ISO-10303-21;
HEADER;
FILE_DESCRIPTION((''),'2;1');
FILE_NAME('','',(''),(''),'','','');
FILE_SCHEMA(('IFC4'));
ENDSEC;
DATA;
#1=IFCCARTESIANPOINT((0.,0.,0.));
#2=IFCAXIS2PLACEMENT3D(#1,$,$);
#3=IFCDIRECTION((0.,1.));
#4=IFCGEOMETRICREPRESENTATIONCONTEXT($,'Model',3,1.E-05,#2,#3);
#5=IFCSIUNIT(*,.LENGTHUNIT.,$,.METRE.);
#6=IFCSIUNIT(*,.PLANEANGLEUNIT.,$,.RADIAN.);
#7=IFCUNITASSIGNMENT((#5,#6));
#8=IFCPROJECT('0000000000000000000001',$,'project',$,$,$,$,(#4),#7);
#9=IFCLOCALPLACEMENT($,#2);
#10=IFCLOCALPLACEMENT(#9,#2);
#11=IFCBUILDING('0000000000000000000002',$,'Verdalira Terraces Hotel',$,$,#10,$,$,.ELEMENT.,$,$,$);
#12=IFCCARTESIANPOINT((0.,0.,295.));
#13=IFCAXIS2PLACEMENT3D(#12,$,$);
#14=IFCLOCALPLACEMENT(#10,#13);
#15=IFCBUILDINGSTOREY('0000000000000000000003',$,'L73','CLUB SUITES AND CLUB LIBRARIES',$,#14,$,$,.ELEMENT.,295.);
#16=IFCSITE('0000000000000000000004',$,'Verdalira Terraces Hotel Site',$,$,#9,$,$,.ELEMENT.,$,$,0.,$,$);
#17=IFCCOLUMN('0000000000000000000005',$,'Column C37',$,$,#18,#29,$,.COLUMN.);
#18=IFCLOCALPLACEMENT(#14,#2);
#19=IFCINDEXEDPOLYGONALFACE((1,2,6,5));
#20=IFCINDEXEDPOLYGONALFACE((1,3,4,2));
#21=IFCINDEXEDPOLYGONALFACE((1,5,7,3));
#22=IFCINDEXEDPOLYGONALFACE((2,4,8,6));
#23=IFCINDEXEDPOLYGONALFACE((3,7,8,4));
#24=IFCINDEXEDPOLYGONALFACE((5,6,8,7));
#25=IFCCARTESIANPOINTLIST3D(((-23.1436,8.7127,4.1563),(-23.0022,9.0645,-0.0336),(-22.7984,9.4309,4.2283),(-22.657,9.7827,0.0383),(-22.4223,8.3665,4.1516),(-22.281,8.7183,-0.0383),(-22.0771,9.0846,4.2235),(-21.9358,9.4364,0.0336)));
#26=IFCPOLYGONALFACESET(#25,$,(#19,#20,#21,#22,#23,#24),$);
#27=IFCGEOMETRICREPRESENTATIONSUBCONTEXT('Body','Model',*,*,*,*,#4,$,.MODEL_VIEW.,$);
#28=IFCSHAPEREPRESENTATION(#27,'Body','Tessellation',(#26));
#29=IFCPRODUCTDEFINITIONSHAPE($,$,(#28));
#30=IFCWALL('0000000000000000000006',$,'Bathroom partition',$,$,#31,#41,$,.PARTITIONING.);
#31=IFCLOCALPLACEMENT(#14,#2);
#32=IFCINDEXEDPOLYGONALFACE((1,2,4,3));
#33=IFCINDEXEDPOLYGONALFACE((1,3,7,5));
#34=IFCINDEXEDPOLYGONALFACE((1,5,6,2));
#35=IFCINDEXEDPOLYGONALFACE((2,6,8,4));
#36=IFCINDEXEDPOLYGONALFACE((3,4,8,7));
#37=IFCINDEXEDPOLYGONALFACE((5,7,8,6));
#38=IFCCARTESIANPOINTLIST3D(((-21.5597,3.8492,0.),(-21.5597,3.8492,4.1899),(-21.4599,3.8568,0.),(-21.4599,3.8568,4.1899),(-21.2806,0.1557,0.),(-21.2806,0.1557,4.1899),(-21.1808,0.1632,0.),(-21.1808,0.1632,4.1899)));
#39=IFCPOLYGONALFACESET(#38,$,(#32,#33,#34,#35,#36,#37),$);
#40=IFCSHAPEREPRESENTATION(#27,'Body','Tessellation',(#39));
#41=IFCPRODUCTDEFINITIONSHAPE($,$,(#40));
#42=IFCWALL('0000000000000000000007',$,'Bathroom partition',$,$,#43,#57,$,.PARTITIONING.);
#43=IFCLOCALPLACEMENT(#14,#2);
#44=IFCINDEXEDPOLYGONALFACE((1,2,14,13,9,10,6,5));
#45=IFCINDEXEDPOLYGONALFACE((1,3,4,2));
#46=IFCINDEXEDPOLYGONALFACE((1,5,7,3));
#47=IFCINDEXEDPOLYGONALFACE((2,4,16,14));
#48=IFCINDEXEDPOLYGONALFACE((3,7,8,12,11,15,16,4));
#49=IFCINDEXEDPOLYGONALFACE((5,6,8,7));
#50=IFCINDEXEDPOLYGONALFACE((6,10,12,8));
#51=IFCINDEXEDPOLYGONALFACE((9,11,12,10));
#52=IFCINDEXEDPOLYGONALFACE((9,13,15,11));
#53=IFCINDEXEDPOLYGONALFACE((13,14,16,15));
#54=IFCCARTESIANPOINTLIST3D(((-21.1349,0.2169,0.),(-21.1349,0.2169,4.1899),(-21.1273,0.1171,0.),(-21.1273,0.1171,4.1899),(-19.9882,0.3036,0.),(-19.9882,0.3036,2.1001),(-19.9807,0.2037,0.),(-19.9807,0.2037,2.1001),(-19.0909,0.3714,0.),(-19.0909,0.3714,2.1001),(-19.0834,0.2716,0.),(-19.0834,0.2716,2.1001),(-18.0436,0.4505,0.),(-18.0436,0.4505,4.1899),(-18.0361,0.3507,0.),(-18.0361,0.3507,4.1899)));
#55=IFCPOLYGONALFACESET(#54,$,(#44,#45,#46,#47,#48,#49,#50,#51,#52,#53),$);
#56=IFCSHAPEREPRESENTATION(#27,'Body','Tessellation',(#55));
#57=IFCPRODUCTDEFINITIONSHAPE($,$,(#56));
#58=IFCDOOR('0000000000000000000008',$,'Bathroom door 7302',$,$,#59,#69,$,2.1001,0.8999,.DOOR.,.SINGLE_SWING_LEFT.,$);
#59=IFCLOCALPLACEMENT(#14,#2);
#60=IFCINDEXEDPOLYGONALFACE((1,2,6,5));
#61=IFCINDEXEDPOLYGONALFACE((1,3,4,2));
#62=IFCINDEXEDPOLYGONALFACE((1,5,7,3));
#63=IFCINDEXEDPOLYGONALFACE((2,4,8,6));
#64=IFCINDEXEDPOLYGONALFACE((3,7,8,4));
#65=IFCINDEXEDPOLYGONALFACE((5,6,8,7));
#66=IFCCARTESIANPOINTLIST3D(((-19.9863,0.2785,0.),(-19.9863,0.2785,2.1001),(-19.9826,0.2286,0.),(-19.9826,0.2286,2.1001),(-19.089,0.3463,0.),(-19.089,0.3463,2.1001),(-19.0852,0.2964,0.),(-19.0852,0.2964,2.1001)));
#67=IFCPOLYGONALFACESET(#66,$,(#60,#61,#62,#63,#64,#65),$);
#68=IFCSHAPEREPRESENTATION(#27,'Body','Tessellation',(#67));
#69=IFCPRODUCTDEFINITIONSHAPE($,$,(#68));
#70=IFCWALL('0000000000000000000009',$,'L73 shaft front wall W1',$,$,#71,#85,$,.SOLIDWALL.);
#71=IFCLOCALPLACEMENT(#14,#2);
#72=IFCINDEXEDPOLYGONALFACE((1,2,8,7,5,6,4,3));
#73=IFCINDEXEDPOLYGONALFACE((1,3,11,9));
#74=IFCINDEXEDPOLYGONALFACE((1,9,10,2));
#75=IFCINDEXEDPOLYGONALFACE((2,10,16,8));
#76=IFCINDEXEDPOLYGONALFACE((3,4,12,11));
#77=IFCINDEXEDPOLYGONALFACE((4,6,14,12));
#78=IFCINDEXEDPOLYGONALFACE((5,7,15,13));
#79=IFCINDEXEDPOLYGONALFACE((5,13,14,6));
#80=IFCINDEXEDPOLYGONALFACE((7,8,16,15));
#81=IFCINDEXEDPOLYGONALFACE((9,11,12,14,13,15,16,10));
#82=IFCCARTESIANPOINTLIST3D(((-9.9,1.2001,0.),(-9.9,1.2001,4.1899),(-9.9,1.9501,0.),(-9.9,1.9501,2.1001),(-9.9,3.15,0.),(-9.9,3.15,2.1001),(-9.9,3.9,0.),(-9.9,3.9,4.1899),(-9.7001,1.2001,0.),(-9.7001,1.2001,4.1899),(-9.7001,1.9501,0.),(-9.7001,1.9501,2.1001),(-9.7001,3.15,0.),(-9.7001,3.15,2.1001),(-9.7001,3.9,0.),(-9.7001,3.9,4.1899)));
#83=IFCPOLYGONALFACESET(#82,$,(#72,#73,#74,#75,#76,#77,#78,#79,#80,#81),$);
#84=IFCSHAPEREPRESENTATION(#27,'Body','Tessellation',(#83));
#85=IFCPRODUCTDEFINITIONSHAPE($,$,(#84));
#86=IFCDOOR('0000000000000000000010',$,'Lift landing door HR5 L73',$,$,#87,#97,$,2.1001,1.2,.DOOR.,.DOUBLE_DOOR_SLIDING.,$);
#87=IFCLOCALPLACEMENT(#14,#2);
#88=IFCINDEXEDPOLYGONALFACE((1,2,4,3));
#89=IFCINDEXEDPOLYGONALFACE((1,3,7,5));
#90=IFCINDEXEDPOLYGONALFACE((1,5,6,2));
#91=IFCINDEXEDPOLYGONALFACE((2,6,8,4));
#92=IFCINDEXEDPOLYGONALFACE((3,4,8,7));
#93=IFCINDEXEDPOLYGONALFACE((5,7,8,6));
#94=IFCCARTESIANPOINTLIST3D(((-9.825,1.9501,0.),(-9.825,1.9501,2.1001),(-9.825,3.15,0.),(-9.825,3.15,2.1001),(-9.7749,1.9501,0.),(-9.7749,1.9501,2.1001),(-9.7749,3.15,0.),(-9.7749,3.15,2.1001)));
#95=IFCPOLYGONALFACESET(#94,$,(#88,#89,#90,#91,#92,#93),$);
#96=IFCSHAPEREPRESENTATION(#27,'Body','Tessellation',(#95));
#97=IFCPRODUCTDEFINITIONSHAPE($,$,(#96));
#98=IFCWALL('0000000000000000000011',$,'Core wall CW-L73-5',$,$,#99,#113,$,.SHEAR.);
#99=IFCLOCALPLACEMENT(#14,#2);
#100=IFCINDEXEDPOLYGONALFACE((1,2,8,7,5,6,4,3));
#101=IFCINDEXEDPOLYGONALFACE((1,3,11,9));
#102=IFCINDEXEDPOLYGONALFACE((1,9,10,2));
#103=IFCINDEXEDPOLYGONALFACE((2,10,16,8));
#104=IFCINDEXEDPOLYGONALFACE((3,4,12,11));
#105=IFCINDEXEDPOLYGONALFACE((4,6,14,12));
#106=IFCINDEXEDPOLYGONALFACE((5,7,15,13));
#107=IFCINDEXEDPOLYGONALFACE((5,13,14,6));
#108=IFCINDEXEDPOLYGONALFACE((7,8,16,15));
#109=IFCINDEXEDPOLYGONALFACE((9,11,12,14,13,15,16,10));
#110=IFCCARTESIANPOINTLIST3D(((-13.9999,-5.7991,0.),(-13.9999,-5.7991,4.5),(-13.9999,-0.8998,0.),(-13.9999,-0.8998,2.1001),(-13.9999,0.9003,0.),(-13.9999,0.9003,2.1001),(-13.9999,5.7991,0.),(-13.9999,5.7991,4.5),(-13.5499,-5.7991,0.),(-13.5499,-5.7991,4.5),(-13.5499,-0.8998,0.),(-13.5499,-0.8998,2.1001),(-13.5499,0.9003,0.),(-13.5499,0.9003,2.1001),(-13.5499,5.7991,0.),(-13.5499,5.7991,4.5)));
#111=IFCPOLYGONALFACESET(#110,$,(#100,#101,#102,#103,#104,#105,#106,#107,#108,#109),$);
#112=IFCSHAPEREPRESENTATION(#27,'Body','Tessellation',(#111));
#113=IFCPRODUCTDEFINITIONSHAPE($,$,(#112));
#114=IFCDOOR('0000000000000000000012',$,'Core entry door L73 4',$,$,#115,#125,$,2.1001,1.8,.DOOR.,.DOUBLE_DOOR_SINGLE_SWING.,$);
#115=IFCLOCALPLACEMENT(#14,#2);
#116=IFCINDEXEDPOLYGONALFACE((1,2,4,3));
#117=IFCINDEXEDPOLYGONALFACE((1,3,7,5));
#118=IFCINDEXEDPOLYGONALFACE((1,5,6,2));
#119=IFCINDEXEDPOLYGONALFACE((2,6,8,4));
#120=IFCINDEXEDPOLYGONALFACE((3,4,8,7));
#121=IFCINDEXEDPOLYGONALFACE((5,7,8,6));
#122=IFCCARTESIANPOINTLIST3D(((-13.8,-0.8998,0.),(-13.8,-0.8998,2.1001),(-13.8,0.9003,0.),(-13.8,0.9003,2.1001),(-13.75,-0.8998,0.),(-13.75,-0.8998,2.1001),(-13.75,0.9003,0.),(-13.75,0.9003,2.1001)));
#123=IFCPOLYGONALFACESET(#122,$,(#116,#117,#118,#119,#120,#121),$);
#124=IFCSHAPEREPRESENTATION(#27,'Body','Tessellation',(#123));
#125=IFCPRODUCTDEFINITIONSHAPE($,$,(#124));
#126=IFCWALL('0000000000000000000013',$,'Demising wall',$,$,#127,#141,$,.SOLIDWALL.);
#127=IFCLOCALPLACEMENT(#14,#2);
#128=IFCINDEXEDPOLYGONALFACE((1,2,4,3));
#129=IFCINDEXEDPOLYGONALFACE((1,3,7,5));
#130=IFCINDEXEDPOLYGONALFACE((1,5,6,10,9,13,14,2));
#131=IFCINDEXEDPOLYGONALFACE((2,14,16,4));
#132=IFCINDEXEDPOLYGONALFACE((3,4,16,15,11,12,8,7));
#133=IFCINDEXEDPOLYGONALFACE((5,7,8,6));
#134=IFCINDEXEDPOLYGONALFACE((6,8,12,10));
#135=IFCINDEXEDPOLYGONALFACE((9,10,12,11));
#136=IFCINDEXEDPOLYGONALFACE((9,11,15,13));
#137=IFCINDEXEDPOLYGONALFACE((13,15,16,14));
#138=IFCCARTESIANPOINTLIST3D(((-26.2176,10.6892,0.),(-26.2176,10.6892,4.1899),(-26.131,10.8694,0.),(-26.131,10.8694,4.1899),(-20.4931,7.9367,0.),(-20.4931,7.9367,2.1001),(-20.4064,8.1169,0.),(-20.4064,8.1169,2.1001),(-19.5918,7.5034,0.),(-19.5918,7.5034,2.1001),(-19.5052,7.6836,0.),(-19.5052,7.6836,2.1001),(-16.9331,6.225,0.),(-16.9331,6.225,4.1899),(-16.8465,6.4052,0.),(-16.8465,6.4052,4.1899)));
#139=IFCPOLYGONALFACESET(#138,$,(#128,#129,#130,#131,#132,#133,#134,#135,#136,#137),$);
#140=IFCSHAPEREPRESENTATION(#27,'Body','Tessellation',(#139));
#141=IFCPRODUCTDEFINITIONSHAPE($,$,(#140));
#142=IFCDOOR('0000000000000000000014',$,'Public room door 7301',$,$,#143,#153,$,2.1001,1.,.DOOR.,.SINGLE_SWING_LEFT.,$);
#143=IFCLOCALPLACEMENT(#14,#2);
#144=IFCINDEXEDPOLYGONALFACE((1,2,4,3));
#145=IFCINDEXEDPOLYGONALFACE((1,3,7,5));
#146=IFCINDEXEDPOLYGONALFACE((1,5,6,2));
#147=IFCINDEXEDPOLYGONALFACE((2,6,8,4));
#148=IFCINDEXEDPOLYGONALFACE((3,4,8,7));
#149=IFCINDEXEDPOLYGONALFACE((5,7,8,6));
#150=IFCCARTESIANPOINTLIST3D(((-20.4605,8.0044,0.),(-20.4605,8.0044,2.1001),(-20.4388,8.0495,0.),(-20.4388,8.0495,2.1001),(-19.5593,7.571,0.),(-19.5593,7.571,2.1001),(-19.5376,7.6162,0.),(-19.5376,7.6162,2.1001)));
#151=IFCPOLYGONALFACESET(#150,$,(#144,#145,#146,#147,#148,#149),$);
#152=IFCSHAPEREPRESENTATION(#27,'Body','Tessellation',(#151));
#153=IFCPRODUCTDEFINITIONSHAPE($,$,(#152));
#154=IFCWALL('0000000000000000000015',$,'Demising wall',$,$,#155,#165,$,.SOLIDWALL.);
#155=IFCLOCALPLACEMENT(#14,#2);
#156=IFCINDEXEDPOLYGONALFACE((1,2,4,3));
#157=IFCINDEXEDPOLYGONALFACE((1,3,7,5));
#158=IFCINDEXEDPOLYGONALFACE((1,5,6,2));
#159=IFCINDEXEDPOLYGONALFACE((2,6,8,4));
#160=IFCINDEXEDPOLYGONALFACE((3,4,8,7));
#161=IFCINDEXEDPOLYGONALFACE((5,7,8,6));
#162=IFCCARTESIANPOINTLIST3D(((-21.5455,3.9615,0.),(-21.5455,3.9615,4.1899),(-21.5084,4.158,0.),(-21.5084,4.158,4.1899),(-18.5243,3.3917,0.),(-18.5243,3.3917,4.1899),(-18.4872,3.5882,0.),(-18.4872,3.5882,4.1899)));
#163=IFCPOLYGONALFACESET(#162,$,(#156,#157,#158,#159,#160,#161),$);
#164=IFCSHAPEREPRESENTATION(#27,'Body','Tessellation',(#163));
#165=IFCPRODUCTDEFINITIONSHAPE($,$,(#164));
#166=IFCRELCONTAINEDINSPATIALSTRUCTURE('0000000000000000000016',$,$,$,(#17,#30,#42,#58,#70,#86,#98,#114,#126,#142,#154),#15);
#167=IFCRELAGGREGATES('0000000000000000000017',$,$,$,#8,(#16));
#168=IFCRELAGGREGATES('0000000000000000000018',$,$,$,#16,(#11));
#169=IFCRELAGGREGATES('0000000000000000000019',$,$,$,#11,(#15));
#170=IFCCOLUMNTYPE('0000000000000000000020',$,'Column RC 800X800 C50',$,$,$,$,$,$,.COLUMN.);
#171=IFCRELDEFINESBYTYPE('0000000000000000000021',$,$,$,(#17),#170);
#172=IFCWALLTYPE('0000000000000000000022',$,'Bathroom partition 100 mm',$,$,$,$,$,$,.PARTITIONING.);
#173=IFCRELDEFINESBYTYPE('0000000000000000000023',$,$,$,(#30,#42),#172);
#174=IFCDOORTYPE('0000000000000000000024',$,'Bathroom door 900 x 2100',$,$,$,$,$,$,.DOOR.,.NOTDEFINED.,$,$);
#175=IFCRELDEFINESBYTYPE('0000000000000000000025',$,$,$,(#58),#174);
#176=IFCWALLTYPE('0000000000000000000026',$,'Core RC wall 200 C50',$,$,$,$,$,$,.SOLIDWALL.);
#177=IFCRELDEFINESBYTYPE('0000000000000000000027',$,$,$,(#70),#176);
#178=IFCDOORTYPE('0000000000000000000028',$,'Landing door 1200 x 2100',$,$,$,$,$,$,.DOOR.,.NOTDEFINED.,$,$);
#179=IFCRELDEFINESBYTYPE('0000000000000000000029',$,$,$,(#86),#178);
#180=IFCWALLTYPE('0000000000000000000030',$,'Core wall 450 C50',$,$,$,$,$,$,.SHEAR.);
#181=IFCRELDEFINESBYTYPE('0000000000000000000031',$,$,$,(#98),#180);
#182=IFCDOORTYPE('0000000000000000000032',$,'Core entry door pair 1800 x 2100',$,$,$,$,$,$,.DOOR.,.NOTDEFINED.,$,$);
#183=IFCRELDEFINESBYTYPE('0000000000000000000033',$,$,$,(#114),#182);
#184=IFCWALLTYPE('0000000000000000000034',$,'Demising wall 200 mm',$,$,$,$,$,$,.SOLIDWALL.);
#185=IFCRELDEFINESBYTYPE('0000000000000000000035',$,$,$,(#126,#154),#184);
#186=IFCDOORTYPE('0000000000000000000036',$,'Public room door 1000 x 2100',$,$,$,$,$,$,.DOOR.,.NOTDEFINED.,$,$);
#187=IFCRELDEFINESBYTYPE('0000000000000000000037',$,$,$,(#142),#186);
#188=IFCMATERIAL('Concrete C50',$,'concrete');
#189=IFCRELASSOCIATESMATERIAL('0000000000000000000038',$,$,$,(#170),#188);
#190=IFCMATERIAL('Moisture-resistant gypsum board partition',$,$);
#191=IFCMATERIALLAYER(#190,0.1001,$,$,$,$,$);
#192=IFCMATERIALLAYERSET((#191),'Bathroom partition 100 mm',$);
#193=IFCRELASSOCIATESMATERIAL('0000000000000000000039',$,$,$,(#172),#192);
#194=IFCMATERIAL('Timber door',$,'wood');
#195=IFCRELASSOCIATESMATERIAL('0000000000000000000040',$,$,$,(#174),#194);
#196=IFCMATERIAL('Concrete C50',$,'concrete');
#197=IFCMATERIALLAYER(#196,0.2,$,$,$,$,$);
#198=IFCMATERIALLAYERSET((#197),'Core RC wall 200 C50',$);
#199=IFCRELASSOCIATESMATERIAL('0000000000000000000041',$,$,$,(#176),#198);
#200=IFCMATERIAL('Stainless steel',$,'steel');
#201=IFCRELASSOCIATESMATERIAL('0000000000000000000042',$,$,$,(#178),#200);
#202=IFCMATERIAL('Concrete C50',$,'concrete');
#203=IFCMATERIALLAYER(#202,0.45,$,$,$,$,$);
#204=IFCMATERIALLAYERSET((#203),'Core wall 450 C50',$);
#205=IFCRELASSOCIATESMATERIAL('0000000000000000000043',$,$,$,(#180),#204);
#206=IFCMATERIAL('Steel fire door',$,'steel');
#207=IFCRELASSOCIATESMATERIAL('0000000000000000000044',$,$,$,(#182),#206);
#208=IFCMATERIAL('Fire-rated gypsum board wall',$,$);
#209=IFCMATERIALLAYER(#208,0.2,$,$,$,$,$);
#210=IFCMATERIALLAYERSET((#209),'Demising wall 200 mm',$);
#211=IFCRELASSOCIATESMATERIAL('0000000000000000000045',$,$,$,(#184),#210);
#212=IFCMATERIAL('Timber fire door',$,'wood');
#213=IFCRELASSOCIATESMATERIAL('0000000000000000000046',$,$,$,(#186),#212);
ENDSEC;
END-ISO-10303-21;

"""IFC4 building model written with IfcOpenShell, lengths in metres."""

from ifc_helpers import new_model, si_unit, direction, frame, frame_2d, origin, origin_2d, place, context, subcontext, project, spatial, rectangle, extrude, material, layer, layer_set, material_profile, profile_set, type_object, element, fill, save


model = new_model("IFC4")

# Units and contexts
model_context = context("Model", 3, precision=1e-05, world=origin(), true_north=direction((0.0, 1.0)))
body_context = subcontext(model_context, "Body", "Model", "MODEL_VIEW")
ifc_project = project(units=[si_unit("LENGTHUNIT", "METRE"), si_unit("PLANEANGLEUNIT", "RADIAN")], contexts=[model_context])

# Site, building, storey
site_placement = place(None, origin())
site = spatial("IfcSite", under=ifc_project, at=site_placement, Name="Verdalira Terraces Hotel Site", CompositionType="ELEMENT", RefElevation=0.0)
building_placement = place(site_placement, origin())
building = spatial("IfcBuilding", under=site, at=building_placement, Name="Verdalira Terraces Hotel", CompositionType="ELEMENT")
storey_placement = place(building_placement, frame((0.0, 0.0, 295.0)))
storey = spatial("IfcBuildingStorey", under=building, at=storey_placement, Name="L73", Description="CLUB SUITES AND CLUB LIBRARIES", CompositionType="ELEMENT", Elevation=295.0)

# Column
ifc_material_1 = material(Name="Concrete C50", Category="concrete")
ifc_material_profile = material_profile(ifc_material_1, rectangle(XDim=0.8, YDim=0.8, at=origin_2d()), Name="RC 800X800")
ifc_profile_set = profile_set([ifc_material_profile], Name="Concrete C50")
column_type = type_object("IfcColumnType", Name="Column RC 800X800 C50", PredefinedType="COLUMN", material=ifc_profile_set)
column_placement = place(storey_placement, frame((-22.469, 9.2505, 0.0), z_axis=(-0.0336, -0.083623, 0.995931), x_axis=(-0.901493, 0.432753, 0.005922)))
element("IfcColumn", 1, at=column_placement, inside=storey, type_object=column_type, Name="Column C37", PredefinedType="COLUMN", context=body_context, shape_type="SweptSolid", body=[
    extrude(rectangle(XDim=0.8, YDim=0.8, at=origin_2d()), origin(), (0.0, 0.0, 1.0), 4.207),
])

# Wall
ifc_material_2 = material(Name="Moisture-resistant gypsum board partition")
ifc_layer_1 = layer(ifc_material_2, 0.1001)
ifc_layer_set_1 = layer_set([ifc_layer_1], Name="Bathroom partition 100 mm")
wall_type_1 = type_object("IfcWallType", Name="Bathroom partition 100 mm", PredefinedType="PARTITIONING", material=ifc_layer_set_1)
wall_1_placement = place(storey_placement, frame((-21.2307, 0.1594, 0.0), z_axis=(0.0, 0.0, 1.0), x_axis=(-0.075336, 0.997158, 0.0)))
element("IfcWall", 2, at=wall_1_placement, inside=storey, type_object=wall_type_1, Name="Bathroom partition", PredefinedType="PARTITIONING", context=body_context, shape_type="SweptSolid", body=[
    extrude(rectangle(XDim=3.7041, YDim=0.1001, at=frame_2d((1.8521, 0.0))), origin(), (0.0, 0.0, 1.0), 4.1899),
])

# Walls, openings, doors
wall_2_placement = place(storey_placement, frame((-21.1311, 0.167, 0.0), z_axis=(0.0, 0.0, 1.0), x_axis=(0.997156, 0.075366, 0.0)))
wall_2 = element("IfcWall", 3, at=wall_2_placement, inside=storey, type_object=wall_type_1, Name="Bathroom partition", PredefinedType="PARTITIONING", context=body_context, shape_type="SweptSolid", body=[
    extrude(rectangle(XDim=3.1001, YDim=0.1001, at=frame_2d((1.55, 0.0))), origin(), (0.0, 0.0, 1.0), 4.1899),
])
opening_1_placement = place(wall_2_placement, frame((1.1499, 0.0, 0.0)))
opening_1 = element("IfcOpeningElement", 4, at=opening_1_placement, cuts=wall_2, PredefinedType="OPENING", context=body_context, shape_type="SweptSolid", body=[
    extrude(rectangle(XDim=0.8999, YDim=2.1001, at=frame_2d((0.45, 1.05))), frame((0.0, 0.0601, 0.0), z_axis=(0.0, -1.0, 0.0), x_axis=(1.0, 0.0, 0.0)), (0.0, 0.0, 1.0), 0.1201),
])
ifc_material_3 = material(Name="Timber door", Category="wood")
door_type_1 = type_object("IfcDoorType", Name="Bathroom door 900 x 2100", OperationType="NOTDEFINED", PredefinedType="DOOR", material=ifc_material_3)
door_1_placement = place(opening_1_placement, origin())
door_1 = element("IfcDoor", 5, at=door_1_placement, inside=storey, type_object=door_type_1, Name="Bathroom door 7302", OperationType="SINGLE_SWING_LEFT", OverallHeight=2.1001, OverallWidth=0.8999, PredefinedType="DOOR", context=body_context, shape_type="SweptSolid", body=[
    extrude(rectangle(XDim=0.8999, YDim=2.1001, at=frame_2d((0.45, 1.05))), frame((0.0, 0.0249, 0.0), z_axis=(0.0, -1.0, 0.0), x_axis=(1.0, 0.0, 0.0)), (0.0, 0.0, 1.0), 0.05),
])
fill(opening_1, door_1)
ifc_material_4 = material(Name="Concrete C50", Category="concrete")
ifc_layer_2 = layer(ifc_material_4, 0.2)
ifc_layer_set_2 = layer_set([ifc_layer_2], Name="Core RC wall 200 C50")
wall_type_2 = type_object("IfcWallType", Name="Core RC wall 200 C50", PredefinedType="SOLIDWALL", material=ifc_layer_set_2)
wall_3_placement = place(storey_placement, frame((-9.8, 1.2, 0.0), z_axis=(0.0, 0.0, 1.0), x_axis=(0.0, 1.0, 0.0)))
wall_3 = element("IfcWall", 6, at=wall_3_placement, inside=storey, type_object=wall_type_2, Name="L73 shaft front wall W1", PredefinedType="SOLIDWALL", context=body_context, shape_type="SweptSolid", body=[
    extrude(rectangle(XDim=2.7, YDim=0.2, at=frame_2d((1.3501, 0.0))), origin(), (0.0, 0.0, 1.0), 4.1899),
])
opening_2_placement = place(wall_3_placement, frame((0.75, 0.0, 0.0)))
opening_2 = element("IfcOpeningElement", 7, at=opening_2_placement, cuts=wall_3, PredefinedType="OPENING", context=body_context, shape_type="SweptSolid", body=[
    extrude(rectangle(XDim=1.2, YDim=2.1001, at=frame_2d((0.6001, 1.05))), frame((0.0, 0.1099, 0.0), z_axis=(0.0, -1.0, 0.0), x_axis=(1.0, 0.0, 0.0)), (0.0, 0.0, 1.0), 0.22),
])
ifc_material_5 = material(Name="Stainless steel", Category="steel")
door_type_2 = type_object("IfcDoorType", Name="Landing door 1200 x 2100", OperationType="NOTDEFINED", PredefinedType="DOOR", material=ifc_material_5)
door_2_placement = place(opening_2_placement, origin())
door_2 = element("IfcDoor", 8, at=door_2_placement, inside=storey, type_object=door_type_2, Name="Lift landing door HR5 L73", OperationType="DOUBLE_DOOR_SLIDING", OverallHeight=2.1001, OverallWidth=1.2, PredefinedType="DOOR", context=body_context, shape_type="SweptSolid", body=[
    extrude(rectangle(XDim=1.2, YDim=2.1001, at=frame_2d((0.6001, 1.05))), frame((0.0, 0.0249, 0.0), z_axis=(0.0, -1.0, 0.0), x_axis=(1.0, 0.0, 0.0)), (0.0, 0.0, 1.0), 0.05),
])
fill(opening_2, door_2)
ifc_material_6 = material(Name="Concrete C50", Category="concrete")
ifc_layer_3 = layer(ifc_material_6, 0.45)
ifc_layer_set_3 = layer_set([ifc_layer_3], Name="Core wall 450 C50")
wall_type_3 = type_object("IfcWallType", Name="Core wall 450 C50", PredefinedType="SHEAR", material=ifc_layer_set_3)
wall_4_placement = place(storey_placement, frame((-13.7749, 5.7991, 0.0), z_axis=(0.0, 0.0, 1.0), x_axis=(0.0, -1.0, 0.0)))
wall_4 = element("IfcWall", 9, at=wall_4_placement, inside=storey, type_object=wall_type_3, Name="Core wall CW-L73-5", PredefinedType="SHEAR", context=body_context, shape_type="SweptSolid", body=[
    extrude(rectangle(XDim=11.5981, YDim=0.45, at=frame_2d((5.7991, 0.0))), origin(), (0.0, 0.0, 1.0), 4.5),
])
opening_3_placement = place(wall_4_placement, frame((4.8989, 0.0, 0.0)))
opening_3 = element("IfcOpeningElement", 10, at=opening_3_placement, cuts=wall_4, PredefinedType="OPENING", context=body_context, shape_type="SweptSolid", body=[
    extrude(rectangle(XDim=1.8, YDim=2.1001, at=frame_2d((0.8999, 1.05))), frame((0.0, 0.2349, 0.0), z_axis=(0.0, -1.0, 0.0), x_axis=(1.0, 0.0, 0.0)), (0.0, 0.0, 1.0), 0.47),
])
ifc_material_7 = material(Name="Steel fire door", Category="steel")
door_type_3 = type_object("IfcDoorType", Name="Core entry door pair 1800 x 2100", OperationType="NOTDEFINED", PredefinedType="DOOR", material=ifc_material_7)
door_3_placement = place(opening_3_placement, origin())
door_3 = element("IfcDoor", 11, at=door_3_placement, inside=storey, type_object=door_type_3, Name="Core entry door L73 4", OperationType="DOUBLE_DOOR_SINGLE_SWING", OverallHeight=2.1001, OverallWidth=1.8, PredefinedType="DOOR", context=body_context, shape_type="SweptSolid", body=[
    extrude(rectangle(XDim=1.8, YDim=2.1001, at=frame_2d((0.8999, 1.05))), frame((0.0, 0.0249, 0.0), z_axis=(0.0, -1.0, 0.0), x_axis=(1.0, 0.0, 0.0)), (0.0, 0.0, 1.0), 0.05),
])
fill(opening_3, door_3)
ifc_material_8 = material(Name="Fire-rated gypsum board wall")
ifc_layer_4 = layer(ifc_material_8, 0.2)
ifc_layer_set_4 = layer_set([ifc_layer_4], Name="Demising wall 200 mm")
wall_type_4 = type_object("IfcWallType", Name="Demising wall 200 mm", PredefinedType="SOLIDWALL", material=ifc_layer_set_4)
wall_5_placement = place(storey_placement, frame((-16.8899, 6.3152, 0.0), z_axis=(0.0, 0.0, 1.0), x_axis=(-0.901236, 0.43333, 0.0)))
wall_5 = element("IfcWall", 12, at=wall_5_placement, inside=storey, type_object=wall_type_4, Name="Demising wall", PredefinedType="SOLIDWALL", context=body_context, shape_type="SweptSolid", body=[
    extrude(rectangle(XDim=10.302, YDim=0.2, at=frame_2d((5.1509, 0.0))), origin(), (0.0, 0.0, 1.0), 4.1899),
])
opening_4_placement = place(wall_5_placement, frame((2.95, 0.0, 0.0)))
opening_4 = element("IfcOpeningElement", 13, at=opening_4_placement, cuts=wall_5, PredefinedType="OPENING", context=body_context, shape_type="SweptSolid", body=[
    extrude(rectangle(XDim=1.0, YDim=2.1001, at=frame_2d((0.5, 1.05))), frame((0.0, 0.1099, 0.0), z_axis=(0.0, -1.0, 0.0), x_axis=(1.0, 0.0, 0.0)), (0.0, 0.0, 1.0), 0.22),
])
ifc_material_9 = material(Name="Timber fire door", Category="wood")
door_type_4 = type_object("IfcDoorType", Name="Public room door 1000 x 2100", OperationType="NOTDEFINED", PredefinedType="DOOR", material=ifc_material_9)
door_4_placement = place(opening_4_placement, origin())
door_4 = element("IfcDoor", 14, at=door_4_placement, inside=storey, type_object=door_type_4, Name="Public room door 7301", OperationType="SINGLE_SWING_LEFT", OverallHeight=2.1001, OverallWidth=1.0, PredefinedType="DOOR", context=body_context, shape_type="SweptSolid", body=[
    extrude(rectangle(XDim=1.0, YDim=2.1001, at=frame_2d((0.5, 1.05))), frame((0.0, 0.0249, 0.0), z_axis=(0.0, -1.0, 0.0), x_axis=(1.0, 0.0, 0.0)), (0.0, 0.0, 1.0), 0.05),
])
fill(opening_4, door_4)

# Wall
wall_6_placement = place(storey_placement, frame((-18.5059, 3.49, 0.0), z_axis=(0.0, 0.0, 1.0), x_axis=(-0.982675, 0.185338, 0.0)))
element("IfcWall", 15, at=wall_6_placement, inside=storey, type_object=wall_type_4, Name="Demising wall", PredefinedType="SOLIDWALL", context=body_context, shape_type="SweptSolid", body=[
    extrude(rectangle(XDim=3.0745, YDim=0.2, at=frame_2d((1.5371, 0.0))), origin(), (0.0, 0.0, 1.0), 4.1899),
])

save(model, "model.ifc")
